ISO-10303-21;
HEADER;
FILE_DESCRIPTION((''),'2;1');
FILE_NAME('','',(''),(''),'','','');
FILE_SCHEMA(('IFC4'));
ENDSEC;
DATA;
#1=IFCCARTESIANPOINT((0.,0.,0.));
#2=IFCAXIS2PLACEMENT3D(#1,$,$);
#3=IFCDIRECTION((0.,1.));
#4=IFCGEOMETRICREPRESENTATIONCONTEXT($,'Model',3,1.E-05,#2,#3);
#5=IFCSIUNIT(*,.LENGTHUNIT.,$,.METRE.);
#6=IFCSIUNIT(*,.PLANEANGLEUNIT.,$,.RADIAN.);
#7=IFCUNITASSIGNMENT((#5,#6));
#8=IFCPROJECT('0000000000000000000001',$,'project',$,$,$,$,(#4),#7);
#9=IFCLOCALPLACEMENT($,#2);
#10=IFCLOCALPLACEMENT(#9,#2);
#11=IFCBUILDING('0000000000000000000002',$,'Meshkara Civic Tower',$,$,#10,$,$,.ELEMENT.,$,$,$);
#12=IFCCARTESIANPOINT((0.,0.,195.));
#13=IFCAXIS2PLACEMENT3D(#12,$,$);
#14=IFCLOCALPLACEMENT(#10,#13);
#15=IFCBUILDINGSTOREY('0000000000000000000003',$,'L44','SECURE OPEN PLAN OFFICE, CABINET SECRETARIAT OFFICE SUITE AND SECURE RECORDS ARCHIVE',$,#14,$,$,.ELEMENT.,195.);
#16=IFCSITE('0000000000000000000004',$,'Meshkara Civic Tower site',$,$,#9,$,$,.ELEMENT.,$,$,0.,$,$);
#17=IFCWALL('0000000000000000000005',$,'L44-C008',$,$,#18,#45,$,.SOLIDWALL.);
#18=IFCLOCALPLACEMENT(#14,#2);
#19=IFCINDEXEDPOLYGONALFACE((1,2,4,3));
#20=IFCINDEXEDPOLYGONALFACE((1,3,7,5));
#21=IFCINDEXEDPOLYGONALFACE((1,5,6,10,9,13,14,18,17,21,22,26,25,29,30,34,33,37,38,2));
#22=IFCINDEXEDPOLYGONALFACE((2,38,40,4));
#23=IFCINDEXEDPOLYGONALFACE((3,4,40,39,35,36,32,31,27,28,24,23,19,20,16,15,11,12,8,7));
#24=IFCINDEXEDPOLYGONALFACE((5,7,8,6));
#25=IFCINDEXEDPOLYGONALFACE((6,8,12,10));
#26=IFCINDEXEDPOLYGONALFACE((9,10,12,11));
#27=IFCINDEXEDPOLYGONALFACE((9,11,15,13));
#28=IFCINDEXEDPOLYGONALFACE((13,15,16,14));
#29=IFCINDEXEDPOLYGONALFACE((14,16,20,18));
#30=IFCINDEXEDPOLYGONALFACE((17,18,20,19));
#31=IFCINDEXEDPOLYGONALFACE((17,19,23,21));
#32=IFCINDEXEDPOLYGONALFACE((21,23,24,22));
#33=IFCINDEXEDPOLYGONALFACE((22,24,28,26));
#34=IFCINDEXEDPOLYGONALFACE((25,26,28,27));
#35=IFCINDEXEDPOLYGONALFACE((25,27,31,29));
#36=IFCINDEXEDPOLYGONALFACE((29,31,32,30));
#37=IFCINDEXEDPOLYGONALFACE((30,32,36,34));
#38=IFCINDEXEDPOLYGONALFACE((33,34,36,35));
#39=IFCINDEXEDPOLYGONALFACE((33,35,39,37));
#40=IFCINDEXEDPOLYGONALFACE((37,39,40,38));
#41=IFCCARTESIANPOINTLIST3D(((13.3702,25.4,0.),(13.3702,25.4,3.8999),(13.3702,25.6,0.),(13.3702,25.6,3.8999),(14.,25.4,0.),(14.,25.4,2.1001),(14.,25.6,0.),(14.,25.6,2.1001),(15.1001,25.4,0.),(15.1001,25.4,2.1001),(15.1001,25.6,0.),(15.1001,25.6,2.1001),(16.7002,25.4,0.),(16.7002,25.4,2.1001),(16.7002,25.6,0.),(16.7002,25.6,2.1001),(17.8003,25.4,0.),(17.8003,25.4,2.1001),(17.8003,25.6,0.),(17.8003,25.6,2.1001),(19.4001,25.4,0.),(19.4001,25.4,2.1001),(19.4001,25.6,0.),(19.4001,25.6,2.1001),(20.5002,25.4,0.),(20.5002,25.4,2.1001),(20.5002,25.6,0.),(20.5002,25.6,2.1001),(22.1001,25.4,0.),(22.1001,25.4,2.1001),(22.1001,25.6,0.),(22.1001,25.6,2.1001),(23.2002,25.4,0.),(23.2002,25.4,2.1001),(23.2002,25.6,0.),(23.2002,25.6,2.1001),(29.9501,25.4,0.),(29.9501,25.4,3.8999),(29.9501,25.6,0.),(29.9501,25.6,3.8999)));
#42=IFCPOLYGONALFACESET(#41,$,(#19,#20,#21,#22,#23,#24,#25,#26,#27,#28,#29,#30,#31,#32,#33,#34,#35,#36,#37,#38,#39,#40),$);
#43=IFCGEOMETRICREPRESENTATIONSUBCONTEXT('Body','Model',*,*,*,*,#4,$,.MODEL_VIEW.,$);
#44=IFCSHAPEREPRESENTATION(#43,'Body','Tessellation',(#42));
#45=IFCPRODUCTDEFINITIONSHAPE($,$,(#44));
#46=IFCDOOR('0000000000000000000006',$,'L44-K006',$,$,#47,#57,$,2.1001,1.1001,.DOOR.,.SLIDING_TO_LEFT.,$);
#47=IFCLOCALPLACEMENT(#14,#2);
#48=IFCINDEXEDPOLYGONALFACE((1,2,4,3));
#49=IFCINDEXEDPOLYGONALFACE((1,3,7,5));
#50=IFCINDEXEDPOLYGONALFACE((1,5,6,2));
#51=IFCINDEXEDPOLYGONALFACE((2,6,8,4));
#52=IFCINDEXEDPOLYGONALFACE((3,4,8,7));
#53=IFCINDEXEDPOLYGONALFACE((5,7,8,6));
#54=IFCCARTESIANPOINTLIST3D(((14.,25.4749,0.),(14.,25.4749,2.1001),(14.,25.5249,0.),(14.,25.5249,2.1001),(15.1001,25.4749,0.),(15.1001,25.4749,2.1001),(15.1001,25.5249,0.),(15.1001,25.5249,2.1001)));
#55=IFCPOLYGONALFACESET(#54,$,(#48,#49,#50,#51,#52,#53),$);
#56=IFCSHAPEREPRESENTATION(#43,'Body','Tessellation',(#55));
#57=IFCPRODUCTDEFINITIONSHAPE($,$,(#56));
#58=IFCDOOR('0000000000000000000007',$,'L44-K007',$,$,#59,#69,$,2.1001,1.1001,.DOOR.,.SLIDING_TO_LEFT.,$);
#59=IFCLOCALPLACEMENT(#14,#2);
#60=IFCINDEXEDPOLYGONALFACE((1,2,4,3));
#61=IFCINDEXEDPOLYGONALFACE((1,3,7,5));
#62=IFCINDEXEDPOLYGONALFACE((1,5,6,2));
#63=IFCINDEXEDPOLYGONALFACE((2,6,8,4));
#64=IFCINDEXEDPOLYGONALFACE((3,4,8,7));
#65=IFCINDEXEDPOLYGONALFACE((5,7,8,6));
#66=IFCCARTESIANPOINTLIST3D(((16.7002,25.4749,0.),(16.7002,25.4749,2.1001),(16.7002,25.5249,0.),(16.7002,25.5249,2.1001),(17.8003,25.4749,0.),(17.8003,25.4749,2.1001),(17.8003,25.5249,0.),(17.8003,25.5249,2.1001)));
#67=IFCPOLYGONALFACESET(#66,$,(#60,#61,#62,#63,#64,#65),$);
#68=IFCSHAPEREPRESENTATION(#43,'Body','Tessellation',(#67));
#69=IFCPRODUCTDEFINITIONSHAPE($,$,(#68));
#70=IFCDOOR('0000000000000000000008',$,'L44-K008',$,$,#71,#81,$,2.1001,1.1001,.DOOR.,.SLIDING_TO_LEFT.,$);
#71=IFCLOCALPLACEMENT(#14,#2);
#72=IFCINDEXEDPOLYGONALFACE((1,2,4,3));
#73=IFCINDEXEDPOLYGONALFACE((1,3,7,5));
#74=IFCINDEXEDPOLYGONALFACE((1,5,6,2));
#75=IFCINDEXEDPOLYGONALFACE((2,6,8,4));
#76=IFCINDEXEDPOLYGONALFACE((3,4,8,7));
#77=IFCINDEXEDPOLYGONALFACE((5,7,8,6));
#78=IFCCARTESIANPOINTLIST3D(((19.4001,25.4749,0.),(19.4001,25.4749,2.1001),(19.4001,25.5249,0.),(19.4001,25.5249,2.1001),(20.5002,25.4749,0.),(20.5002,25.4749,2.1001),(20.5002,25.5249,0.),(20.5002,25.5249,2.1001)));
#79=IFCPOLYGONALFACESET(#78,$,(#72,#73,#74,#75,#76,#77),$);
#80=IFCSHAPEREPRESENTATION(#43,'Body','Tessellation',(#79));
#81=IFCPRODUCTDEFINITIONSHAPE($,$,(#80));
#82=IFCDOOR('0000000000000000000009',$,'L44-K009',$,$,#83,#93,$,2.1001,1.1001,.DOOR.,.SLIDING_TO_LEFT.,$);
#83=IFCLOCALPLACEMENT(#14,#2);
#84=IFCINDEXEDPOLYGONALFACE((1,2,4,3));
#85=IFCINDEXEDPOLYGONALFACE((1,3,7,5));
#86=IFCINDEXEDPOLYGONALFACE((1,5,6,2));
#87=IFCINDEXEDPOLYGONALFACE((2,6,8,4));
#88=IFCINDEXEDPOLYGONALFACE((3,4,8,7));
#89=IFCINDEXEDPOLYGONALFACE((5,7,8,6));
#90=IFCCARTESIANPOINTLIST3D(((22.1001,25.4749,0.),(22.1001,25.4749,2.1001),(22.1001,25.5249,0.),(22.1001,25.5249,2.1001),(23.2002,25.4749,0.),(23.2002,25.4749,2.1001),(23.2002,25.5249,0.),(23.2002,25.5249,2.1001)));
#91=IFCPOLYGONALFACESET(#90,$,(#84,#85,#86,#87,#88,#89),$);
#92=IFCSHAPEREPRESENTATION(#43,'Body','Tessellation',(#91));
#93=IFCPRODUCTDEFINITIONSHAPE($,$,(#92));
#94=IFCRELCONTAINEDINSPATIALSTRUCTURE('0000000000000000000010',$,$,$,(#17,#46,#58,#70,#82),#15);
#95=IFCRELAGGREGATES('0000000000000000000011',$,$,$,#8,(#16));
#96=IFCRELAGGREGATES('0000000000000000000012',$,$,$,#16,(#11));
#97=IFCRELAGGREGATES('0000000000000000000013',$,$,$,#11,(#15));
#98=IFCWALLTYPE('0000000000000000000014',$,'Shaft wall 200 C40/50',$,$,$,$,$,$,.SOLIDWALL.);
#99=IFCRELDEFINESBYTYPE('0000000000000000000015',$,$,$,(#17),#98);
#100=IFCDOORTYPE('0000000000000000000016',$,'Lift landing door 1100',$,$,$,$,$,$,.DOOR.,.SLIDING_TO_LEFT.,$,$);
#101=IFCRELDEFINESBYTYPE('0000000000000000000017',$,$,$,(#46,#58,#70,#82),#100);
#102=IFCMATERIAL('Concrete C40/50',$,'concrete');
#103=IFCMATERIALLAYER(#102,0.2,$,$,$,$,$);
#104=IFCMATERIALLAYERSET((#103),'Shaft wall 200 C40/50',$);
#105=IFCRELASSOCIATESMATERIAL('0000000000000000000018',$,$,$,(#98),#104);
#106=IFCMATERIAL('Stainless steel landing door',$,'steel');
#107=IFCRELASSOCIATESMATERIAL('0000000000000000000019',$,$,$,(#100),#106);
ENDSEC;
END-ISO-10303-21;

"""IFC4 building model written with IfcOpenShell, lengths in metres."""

from ifc_helpers import new_model, si_unit, direction, frame, frame_2d, origin, place, context, subcontext, project, spatial, rectangle, extrude, material, layer, layer_set, type_object, element, fill, save


model = new_model("IFC4")

# Units and contexts
model_context = context("Model", 3, precision=1e-05, world=origin(), true_north=direction((0.0, 1.0)))
body_context = subcontext(model_context, "Body", "Model", "MODEL_VIEW")
ifc_project = project(units=[si_unit("LENGTHUNIT", "METRE"), si_unit("PLANEANGLEUNIT", "RADIAN")], contexts=[model_context])

# Site, building, storey
site_placement = place(None, origin())
site = spatial("IfcSite", under=ifc_project, at=site_placement, Name="Meshkara Civic Tower site", CompositionType="ELEMENT", RefElevation=0.0)
building_placement = place(site_placement, origin())
building = spatial("IfcBuilding", under=site, at=building_placement, Name="Meshkara Civic Tower", CompositionType="ELEMENT")
storey_placement = place(building_placement, frame((0.0, 0.0, 195.0)))
storey = spatial("IfcBuildingStorey", under=building, at=storey_placement, Name="L44", Description="SECURE OPEN PLAN OFFICE, CABINET SECRETARIAT OFFICE SUITE AND SECURE RECORDS ARCHIVE", CompositionType="ELEMENT", Elevation=195.0)

# Wall, openings, doors
ifc_material_1 = material(Name="Concrete C40/50", Category="concrete")
ifc_layer_1 = layer(ifc_material_1, 0.2)
ifc_layer_set_1 = layer_set([ifc_layer_1], Name="Shaft wall 200 C40/50")
wall_type_1 = type_object("IfcWallType", Name="Shaft wall 200 C40/50", PredefinedType="SOLIDWALL", material=ifc_layer_set_1)
ifc_material_2 = material(Name="Stainless steel landing door", Category="steel")
door_type_1 = type_object("IfcDoorType", Name="Lift landing door 1100", OperationType="SLIDING_TO_LEFT", PredefinedType="DOOR", material=ifc_material_2)
wall_1_placement = place(storey_placement, frame((13.3701, 25.5, 0.0), z_axis=(0.0, 0.0, 1.0), x_axis=(1.0, 0.0, 0.0)))
wall_1 = element("IfcWall", 1, at=wall_1_placement, inside=storey, type_object=wall_type_1, Name="L44-C008", PredefinedType="SOLIDWALL", context=body_context, shape_type="SweptSolid", body=[
    extrude(rectangle(XDim=16.5798, YDim=0.2, at=frame_2d((8.29, 0.0))), origin(), (0.0, 0.0, 1.0), 3.8999),
])
opening_1_placement = place(wall_1_placement, frame((0.6299, 0.0, 0.0)))
opening_1 = element("IfcOpeningElement", 2, at=opening_1_placement, cuts=wall_1, PredefinedType="OPENING", context=body_context, shape_type="SweptSolid", body=[
    extrude(rectangle(XDim=1.1001, YDim=2.1001, at=frame_2d((0.55, 1.05))), frame((0.0, 0.1099, 0.0), z_axis=(0.0, -1.0, 0.0), x_axis=(1.0, 0.0, 0.0)), (0.0, 0.0, 1.0), 0.22),
])
opening_2_placement = place(wall_1_placement, frame((3.3301, 0.0, 0.0)))
opening_2 = element("IfcOpeningElement", 3, at=opening_2_placement, cuts=wall_1, PredefinedType="OPENING", context=body_context, shape_type="SweptSolid", body=[
    extrude(rectangle(XDim=1.1001, YDim=2.1001, at=frame_2d((0.55, 1.05))), frame((0.0, 0.1099, 0.0), z_axis=(0.0, -1.0, 0.0), x_axis=(1.0, 0.0, 0.0)), (0.0, 0.0, 1.0), 0.22),
])
opening_3_placement = place(wall_1_placement, frame((6.03, 0.0, 0.0)))
opening_3 = element("IfcOpeningElement", 4, at=opening_3_placement, cuts=wall_1, PredefinedType="OPENING", context=body_context, shape_type="SweptSolid", body=[
    extrude(rectangle(XDim=1.1001, YDim=2.1001, at=frame_2d((0.55, 1.05))), frame((0.0, 0.1099, 0.0), z_axis=(0.0, -1.0, 0.0), x_axis=(1.0, 0.0, 0.0)), (0.0, 0.0, 1.0), 0.22),
])
opening_4_placement = place(wall_1_placement, frame((8.73, 0.0, 0.0)))
opening_4 = element("IfcOpeningElement", 5, at=opening_4_placement, cuts=wall_1, PredefinedType="OPENING", context=body_context, shape_type="SweptSolid", body=[
    extrude(rectangle(XDim=1.1001, YDim=2.1001, at=frame_2d((0.55, 1.05))), frame((0.0, 0.1099, 0.0), z_axis=(0.0, -1.0, 0.0), x_axis=(1.0, 0.0, 0.0)), (0.0, 0.0, 1.0), 0.22),
])
door_1_placement = place(opening_1_placement, origin())
door_1 = element("IfcDoor", 6, at=door_1_placement, inside=storey, type_object=door_type_1, Name="L44-K006", OperationType="SLIDING_TO_LEFT", OverallHeight=2.1001, OverallWidth=1.1001, PredefinedType="DOOR", context=body_context, shape_type="SweptSolid", body=[
    extrude(rectangle(XDim=1.1001, YDim=2.1001, at=frame_2d((0.55, 1.05))), frame((0.0, 0.0249, 0.0), z_axis=(0.0, -1.0, 0.0), x_axis=(1.0, 0.0, 0.0)), (0.0, 0.0, 1.0), 0.05),
])
fill(opening_1, door_1)
door_2_placement = place(opening_2_placement, origin())
door_2 = element("IfcDoor", 7, at=door_2_placement, inside=storey, type_object=door_type_1, Name="L44-K007", OperationType="SLIDING_TO_LEFT", OverallHeight=2.1001, OverallWidth=1.1001, PredefinedType="DOOR", context=body_context, shape_type="SweptSolid", body=[
    extrude(rectangle(XDim=1.1001, YDim=2.1001, at=frame_2d((0.55, 1.05))), frame((0.0, 0.0249, 0.0), z_axis=(0.0, -1.0, 0.0), x_axis=(1.0, 0.0, 0.0)), (0.0, 0.0, 1.0), 0.05),
])
fill(opening_2, door_2)
door_3_placement = place(opening_3_placement, origin())
door_3 = element("IfcDoor", 8, at=door_3_placement, inside=storey, type_object=door_type_1, Name="L44-K008", OperationType="SLIDING_TO_LEFT", OverallHeight=2.1001, OverallWidth=1.1001, PredefinedType="DOOR", context=body_context, shape_type="SweptSolid", body=[
    extrude(rectangle(XDim=1.1001, YDim=2.1001, at=frame_2d((0.55, 1.05))), frame((0.0, 0.0249, 0.0), z_axis=(0.0, -1.0, 0.0), x_axis=(1.0, 0.0, 0.0)), (0.0, 0.0, 1.0), 0.05),
])
fill(opening_3, door_3)
door_4_placement = place(opening_4_placement, origin())
door_4 = element("IfcDoor", 9, at=door_4_placement, inside=storey, type_object=door_type_1, Name="L44-K009", OperationType="SLIDING_TO_LEFT", OverallHeight=2.1001, OverallWidth=1.1001, PredefinedType="DOOR", context=body_context, shape_type="SweptSolid", body=[
    extrude(rectangle(XDim=1.1001, YDim=2.1001, at=frame_2d((0.55, 1.05))), frame((0.0, 0.0249, 0.0), z_axis=(0.0, -1.0, 0.0), x_axis=(1.0, 0.0, 0.0)), (0.0, 0.0, 1.0), 0.05),
])
fill(opening_4, door_4)

save(model, "model.ifc")
